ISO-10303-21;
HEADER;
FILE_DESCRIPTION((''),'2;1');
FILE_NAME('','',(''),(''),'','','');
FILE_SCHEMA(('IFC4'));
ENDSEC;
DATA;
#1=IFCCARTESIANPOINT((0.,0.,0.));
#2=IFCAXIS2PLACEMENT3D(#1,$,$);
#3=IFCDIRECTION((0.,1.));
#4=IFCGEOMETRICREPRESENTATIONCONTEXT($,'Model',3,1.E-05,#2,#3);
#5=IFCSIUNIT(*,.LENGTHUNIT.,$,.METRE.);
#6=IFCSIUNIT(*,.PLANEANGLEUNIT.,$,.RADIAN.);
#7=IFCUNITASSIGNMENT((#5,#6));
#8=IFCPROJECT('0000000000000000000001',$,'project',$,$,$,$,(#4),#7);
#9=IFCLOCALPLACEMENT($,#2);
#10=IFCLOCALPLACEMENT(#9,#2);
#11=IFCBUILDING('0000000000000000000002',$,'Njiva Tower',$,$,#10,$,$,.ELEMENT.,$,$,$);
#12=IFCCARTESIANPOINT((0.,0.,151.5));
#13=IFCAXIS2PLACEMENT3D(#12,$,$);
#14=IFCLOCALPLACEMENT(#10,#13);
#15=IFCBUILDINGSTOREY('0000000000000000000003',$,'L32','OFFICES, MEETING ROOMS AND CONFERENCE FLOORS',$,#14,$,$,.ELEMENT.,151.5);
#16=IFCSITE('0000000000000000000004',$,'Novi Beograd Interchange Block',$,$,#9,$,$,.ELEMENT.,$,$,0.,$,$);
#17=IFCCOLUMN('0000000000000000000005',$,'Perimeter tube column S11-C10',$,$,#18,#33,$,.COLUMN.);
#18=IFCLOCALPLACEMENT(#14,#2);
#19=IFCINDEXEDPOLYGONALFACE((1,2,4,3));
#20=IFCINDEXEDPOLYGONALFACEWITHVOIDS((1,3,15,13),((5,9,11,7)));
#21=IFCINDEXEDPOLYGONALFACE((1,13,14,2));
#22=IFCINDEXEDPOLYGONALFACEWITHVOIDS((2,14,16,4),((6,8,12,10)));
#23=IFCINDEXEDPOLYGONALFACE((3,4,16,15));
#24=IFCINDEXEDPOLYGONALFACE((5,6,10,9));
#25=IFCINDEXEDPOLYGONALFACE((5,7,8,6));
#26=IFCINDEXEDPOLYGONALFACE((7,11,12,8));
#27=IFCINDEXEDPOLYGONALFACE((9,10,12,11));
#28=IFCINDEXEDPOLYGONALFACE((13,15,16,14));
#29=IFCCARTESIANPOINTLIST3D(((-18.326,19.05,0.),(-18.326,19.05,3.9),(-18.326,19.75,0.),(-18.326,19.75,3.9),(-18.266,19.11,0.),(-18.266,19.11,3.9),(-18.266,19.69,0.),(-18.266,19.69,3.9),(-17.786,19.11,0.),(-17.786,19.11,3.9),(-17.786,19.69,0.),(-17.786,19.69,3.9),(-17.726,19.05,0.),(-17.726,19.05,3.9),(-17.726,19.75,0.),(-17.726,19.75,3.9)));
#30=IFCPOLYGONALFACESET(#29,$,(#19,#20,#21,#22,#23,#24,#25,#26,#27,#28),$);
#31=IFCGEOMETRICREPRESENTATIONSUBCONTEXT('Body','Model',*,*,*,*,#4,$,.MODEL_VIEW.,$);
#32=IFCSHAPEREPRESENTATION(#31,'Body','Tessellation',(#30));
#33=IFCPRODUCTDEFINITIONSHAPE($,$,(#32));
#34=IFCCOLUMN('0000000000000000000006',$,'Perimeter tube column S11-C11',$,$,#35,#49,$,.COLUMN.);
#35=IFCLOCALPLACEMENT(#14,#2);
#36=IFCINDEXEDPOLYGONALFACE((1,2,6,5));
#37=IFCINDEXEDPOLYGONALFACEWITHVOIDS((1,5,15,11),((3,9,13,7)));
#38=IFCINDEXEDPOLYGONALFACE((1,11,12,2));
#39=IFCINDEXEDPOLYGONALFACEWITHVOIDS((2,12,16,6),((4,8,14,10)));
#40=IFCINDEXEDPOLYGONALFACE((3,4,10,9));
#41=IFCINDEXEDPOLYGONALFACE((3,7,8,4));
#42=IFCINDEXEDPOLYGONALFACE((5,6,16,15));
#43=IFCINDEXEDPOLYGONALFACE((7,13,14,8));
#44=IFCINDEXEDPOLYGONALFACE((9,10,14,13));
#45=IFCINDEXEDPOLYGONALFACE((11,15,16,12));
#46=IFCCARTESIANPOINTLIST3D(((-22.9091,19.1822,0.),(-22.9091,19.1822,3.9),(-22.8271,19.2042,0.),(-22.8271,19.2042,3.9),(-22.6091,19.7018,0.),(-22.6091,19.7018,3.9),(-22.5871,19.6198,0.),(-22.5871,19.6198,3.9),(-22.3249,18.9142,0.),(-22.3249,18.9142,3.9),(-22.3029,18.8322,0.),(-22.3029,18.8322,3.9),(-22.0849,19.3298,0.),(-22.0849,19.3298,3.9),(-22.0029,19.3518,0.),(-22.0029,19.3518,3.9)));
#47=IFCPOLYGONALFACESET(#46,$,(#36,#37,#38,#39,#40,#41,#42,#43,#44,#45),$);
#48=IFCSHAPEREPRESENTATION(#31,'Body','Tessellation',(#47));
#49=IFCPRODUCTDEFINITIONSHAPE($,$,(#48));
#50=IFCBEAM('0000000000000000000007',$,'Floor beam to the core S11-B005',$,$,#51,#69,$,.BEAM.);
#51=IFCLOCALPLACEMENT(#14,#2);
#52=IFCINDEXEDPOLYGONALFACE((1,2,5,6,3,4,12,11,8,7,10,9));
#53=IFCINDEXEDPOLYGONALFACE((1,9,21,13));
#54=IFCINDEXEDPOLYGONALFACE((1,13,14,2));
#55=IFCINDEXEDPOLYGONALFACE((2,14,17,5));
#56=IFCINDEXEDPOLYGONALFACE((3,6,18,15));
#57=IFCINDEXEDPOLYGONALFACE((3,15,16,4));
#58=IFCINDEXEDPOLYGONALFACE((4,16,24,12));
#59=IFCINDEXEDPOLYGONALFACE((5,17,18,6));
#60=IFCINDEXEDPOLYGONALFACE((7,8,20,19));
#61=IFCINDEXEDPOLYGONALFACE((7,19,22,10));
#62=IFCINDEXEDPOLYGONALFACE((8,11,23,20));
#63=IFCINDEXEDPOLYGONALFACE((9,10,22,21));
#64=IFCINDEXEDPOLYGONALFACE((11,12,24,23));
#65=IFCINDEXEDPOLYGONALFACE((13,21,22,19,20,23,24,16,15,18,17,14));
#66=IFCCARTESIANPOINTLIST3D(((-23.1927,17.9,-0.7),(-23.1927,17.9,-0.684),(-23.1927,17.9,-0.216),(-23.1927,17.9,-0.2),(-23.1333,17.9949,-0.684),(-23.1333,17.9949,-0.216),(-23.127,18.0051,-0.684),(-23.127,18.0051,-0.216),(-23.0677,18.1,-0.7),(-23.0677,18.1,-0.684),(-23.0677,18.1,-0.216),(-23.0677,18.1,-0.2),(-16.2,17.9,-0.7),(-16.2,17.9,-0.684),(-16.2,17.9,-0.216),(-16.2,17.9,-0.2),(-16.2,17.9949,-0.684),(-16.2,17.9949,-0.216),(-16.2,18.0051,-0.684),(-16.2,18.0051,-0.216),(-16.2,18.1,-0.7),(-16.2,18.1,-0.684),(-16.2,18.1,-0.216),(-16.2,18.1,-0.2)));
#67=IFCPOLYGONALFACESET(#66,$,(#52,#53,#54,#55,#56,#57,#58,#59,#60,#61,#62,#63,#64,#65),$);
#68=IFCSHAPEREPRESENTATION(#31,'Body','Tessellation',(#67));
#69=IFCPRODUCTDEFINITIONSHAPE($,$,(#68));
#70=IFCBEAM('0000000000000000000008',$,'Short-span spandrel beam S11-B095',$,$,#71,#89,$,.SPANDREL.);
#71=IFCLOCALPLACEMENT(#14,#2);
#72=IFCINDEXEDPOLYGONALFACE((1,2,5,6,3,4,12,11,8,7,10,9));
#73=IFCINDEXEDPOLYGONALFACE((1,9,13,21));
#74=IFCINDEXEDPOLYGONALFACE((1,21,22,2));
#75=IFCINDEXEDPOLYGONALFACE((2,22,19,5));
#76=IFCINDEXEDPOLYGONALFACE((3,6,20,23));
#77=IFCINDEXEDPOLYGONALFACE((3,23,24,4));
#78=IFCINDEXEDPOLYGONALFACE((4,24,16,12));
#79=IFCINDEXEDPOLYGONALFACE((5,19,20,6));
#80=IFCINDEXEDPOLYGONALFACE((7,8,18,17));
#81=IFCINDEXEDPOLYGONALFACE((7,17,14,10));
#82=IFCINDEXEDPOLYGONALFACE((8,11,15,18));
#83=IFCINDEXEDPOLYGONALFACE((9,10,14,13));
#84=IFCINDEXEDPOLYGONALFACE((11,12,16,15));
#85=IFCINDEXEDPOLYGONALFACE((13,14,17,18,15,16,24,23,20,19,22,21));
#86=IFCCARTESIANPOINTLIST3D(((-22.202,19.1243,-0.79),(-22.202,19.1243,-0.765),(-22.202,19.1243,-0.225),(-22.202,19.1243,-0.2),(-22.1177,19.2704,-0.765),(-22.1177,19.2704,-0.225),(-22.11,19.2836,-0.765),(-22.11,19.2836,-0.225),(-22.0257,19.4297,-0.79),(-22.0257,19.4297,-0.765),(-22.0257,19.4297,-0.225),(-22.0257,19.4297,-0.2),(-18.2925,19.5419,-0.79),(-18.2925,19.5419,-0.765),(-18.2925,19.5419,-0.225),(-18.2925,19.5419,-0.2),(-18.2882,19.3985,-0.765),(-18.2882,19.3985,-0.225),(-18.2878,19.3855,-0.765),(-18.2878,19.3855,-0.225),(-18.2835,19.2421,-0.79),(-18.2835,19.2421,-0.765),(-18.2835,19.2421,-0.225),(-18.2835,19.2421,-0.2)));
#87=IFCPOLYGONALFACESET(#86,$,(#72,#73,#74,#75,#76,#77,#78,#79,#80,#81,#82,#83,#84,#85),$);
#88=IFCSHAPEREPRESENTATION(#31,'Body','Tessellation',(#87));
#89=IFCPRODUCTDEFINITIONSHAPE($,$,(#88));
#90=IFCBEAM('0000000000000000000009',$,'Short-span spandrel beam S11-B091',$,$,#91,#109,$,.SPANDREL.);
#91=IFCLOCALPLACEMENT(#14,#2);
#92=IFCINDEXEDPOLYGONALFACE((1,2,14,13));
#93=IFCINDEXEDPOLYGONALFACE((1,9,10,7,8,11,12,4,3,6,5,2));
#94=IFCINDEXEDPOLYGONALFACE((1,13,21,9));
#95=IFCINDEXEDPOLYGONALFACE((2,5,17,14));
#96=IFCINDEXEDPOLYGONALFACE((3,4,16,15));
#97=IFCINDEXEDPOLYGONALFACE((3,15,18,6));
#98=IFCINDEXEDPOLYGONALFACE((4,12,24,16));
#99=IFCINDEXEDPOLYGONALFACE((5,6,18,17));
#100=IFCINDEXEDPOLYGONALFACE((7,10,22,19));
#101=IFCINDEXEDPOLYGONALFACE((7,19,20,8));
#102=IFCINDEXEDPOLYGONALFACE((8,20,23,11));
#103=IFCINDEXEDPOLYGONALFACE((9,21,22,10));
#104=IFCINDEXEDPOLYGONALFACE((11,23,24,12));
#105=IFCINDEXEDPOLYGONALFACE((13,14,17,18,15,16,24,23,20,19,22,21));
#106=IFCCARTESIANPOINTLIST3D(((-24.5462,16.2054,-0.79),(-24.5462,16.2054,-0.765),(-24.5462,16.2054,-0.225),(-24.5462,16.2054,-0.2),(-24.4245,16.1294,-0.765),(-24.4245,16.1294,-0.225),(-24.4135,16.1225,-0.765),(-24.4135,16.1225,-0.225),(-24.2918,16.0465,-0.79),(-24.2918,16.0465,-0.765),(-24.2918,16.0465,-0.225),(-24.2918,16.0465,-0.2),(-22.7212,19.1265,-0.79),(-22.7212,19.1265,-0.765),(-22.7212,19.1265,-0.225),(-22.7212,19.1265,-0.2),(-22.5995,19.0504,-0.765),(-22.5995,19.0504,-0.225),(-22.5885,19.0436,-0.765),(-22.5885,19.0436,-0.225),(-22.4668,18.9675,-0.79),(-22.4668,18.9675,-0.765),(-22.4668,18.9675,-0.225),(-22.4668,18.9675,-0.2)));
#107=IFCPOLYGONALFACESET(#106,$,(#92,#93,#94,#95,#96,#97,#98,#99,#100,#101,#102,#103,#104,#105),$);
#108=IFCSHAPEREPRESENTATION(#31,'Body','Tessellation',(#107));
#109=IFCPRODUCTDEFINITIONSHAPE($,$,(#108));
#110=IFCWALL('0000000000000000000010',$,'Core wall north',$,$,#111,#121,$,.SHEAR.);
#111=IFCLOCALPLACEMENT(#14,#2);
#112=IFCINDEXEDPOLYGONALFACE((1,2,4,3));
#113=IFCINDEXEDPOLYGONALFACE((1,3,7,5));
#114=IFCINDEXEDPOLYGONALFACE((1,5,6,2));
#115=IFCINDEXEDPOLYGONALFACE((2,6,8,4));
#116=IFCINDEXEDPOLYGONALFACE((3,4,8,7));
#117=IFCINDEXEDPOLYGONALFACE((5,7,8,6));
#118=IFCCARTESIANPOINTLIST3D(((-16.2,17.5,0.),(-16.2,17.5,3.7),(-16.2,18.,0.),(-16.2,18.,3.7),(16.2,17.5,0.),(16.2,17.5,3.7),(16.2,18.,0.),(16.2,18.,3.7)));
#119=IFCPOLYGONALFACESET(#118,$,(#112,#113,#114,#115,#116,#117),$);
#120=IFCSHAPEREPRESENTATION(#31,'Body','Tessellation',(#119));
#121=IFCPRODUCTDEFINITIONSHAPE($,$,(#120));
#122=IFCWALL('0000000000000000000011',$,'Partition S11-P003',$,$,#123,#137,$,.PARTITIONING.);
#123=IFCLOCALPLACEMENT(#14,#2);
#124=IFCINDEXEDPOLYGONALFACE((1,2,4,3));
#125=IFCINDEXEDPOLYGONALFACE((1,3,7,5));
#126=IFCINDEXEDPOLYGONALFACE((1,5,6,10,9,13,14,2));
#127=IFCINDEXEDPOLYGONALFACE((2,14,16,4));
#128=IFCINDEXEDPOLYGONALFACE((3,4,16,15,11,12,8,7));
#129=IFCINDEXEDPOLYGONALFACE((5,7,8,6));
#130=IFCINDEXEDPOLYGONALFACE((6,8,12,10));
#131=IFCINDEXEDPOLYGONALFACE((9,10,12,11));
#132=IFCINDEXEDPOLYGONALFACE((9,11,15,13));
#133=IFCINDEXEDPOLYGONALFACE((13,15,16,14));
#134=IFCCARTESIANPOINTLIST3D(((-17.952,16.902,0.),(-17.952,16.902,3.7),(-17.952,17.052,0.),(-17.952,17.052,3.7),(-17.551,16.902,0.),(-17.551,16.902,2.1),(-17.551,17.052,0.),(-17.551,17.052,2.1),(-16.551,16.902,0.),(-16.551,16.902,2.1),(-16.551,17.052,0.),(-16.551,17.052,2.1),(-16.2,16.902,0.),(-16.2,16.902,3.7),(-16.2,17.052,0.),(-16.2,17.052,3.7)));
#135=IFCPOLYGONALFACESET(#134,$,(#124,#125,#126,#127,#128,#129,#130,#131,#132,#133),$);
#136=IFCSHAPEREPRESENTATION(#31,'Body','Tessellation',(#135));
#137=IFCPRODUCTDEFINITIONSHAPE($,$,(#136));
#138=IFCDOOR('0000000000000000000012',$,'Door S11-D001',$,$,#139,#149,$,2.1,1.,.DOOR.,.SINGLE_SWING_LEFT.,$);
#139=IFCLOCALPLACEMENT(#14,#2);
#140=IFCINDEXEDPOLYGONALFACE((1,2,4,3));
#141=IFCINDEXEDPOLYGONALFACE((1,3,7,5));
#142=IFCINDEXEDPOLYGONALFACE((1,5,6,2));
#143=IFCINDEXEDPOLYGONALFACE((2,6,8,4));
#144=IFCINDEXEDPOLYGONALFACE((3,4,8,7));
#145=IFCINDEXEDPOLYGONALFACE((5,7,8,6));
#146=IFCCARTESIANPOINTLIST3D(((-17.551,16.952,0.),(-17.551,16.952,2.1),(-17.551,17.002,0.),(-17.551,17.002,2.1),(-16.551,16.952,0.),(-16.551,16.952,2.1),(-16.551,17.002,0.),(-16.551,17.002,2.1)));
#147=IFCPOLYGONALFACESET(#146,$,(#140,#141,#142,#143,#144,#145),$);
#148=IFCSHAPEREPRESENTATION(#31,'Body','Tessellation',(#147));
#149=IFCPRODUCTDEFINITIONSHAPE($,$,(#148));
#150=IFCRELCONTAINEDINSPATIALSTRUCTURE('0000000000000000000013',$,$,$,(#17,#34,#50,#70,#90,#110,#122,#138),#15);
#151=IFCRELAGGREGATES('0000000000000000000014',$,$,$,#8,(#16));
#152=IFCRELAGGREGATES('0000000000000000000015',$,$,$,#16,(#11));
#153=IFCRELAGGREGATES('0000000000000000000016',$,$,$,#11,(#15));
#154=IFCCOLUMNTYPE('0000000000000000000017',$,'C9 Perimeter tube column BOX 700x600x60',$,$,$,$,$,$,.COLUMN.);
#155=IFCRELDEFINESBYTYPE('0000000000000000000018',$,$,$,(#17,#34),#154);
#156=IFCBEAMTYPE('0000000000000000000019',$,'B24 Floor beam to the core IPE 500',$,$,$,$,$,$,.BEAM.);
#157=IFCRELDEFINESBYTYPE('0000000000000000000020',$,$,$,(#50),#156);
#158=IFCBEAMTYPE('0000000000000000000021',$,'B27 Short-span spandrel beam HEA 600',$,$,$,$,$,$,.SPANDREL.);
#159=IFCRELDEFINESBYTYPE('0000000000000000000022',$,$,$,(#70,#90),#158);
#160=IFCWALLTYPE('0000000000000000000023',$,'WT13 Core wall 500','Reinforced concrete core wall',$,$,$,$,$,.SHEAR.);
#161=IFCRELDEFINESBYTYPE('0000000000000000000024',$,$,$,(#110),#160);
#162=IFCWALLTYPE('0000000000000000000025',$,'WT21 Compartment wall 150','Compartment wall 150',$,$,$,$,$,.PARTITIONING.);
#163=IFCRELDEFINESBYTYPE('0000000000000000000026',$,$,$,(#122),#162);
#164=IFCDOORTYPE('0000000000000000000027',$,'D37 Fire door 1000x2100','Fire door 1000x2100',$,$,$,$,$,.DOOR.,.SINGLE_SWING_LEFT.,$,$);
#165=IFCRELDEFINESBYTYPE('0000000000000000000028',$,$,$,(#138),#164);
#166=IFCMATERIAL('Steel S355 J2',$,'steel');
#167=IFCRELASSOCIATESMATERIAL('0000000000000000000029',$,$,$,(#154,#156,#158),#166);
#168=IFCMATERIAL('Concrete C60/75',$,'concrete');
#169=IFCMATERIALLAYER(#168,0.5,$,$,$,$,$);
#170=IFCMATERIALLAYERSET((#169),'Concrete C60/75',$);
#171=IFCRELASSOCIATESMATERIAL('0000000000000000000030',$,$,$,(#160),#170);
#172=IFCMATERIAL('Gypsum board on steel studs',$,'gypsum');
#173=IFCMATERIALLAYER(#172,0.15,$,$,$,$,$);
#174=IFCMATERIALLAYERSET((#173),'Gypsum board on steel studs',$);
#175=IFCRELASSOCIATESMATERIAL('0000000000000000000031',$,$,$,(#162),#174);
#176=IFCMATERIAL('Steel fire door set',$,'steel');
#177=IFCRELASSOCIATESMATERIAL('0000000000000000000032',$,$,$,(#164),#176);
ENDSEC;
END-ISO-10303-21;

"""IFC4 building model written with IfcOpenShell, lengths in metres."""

from ifc_helpers import new_model, si_unit, direction, frame, frame_2d, origin, origin_2d, place, context, subcontext, project, spatial, rectangle, hollow_rectangle, i_section, extrude, clip, halfspace, material, layer, layer_set, material_profile, profile_set, type_object, element, fill, save


model = new_model("IFC4")

# Units and contexts
model_context = context("Model", 3, precision=1e-05, world=origin(), true_north=direction((0.0, 1.0)))
body_context = subcontext(model_context, "Body", "Model", "MODEL_VIEW")
ifc_project = project(units=[si_unit("LENGTHUNIT", "METRE"), si_unit("PLANEANGLEUNIT", "RADIAN")], contexts=[model_context])

# Site, building, storey
site_placement = place(None, origin())
site = spatial("IfcSite", under=ifc_project, at=site_placement, Name="Novi Beograd Interchange Block", CompositionType="ELEMENT", RefElevation=0.0)
building_placement = place(site_placement, origin())
building = spatial("IfcBuilding", under=site, at=building_placement, Name="Njiva Tower", CompositionType="ELEMENT")
storey_placement = place(building_placement, frame((0.0, 0.0, 151.5)))
storey = spatial("IfcBuildingStorey", under=building, at=storey_placement, Name="L32", Description="OFFICES, MEETING ROOMS AND CONFERENCE FLOORS", CompositionType="ELEMENT", Elevation=151.5)

# Columns
ifc_material_1 = material(Name="Steel S355 J2", Category="steel")
ifc_material_profile_1 = material_profile(ifc_material_1, hollow_rectangle(XDim=0.6, YDim=0.7, WallThickness=0.06, at=origin_2d()), Name="BOX 700x600x60")
ifc_profile_set_1 = profile_set([ifc_material_profile_1], Name="Steel S355 J2")
column_type = type_object("IfcColumnType", Name="C9 Perimeter tube column BOX 700x600x60", PredefinedType="COLUMN", material=ifc_profile_set_1)
for number, where, z_axis, x_axis, name in (
    (1, (-18.026, 19.4, 0.0), (0.0, 0.0, 1.0), (-1.0, 0.0, 0.0), "Perimeter tube column S11-C10"),
    (2, (-22.456, 19.267, 0.0), (0.0, 0.0, 1.0), (-0.5, -0.866025, 0.0), "Perimeter tube column S11-C11"),
):
    element("IfcColumn", number, at=place(storey_placement, frame(where, z_axis=z_axis, x_axis=x_axis)), inside=storey, type_object=column_type, Name=name, PredefinedType="COLUMN", context=body_context, shape_type="SweptSolid", body=[
        extrude(hollow_rectangle(XDim=0.6, YDim=0.7, WallThickness=0.06, at=origin_2d()), origin(), (0.0, 0.0, 1.0), 3.9),
    ])

# Beams
ifc_material_profile_2 = material_profile(ifc_material_1, i_section(OverallWidth=0.2, OverallDepth=0.5, WebThickness=0.0102, FlangeThickness=0.016, at=origin_2d()), Name="IPE 500")
ifc_profile_set_2 = profile_set([ifc_material_profile_2], Name="Steel S355 J2")
beam_type_1 = type_object("IfcBeamType", Name="B24 Floor beam to the core IPE 500", PredefinedType="BEAM", material=ifc_profile_set_2)
beam_1_placement = place(storey_placement, frame((-23.213, 18.0, -0.45), z_axis=(1.0, 0.0, 0.0), x_axis=(0.0, 1.0, 0.0)))
element("IfcBeam", 3, at=beam_1_placement, inside=storey, type_object=beam_type_1, Name="Floor beam to the core S11-B005", PredefinedType="BEAM", context=body_context, shape_type="Clipping", body=[
    clip(extrude(i_section(OverallWidth=0.2, OverallDepth=0.5, WebThickness=0.0102, FlangeThickness=0.016, at=origin_2d()), origin(), (0.0, 0.0, 1.0), 7.013), halfspace(frame((0.0265, 0.0, 0.0994), z_axis=(0.529999, 0.0, -0.847998), x_axis=(0.0, -1.0, 0.0)), False)),
])
ifc_material_profile_3 = material_profile(ifc_material_1, i_section(OverallWidth=0.3, OverallDepth=0.59, WebThickness=0.013, FlangeThickness=0.025, at=origin_2d()), Name="HEA 600")
ifc_profile_set_3 = profile_set([ifc_material_profile_3], Name="Steel S355 J2")
beam_type_2 = type_object("IfcBeamType", Name="B27 Short-span spandrel beam HEA 600", PredefinedType="SPANDREL", material=ifc_profile_set_3)
beam_2_placement = place(storey_placement, frame((-18.288, 19.392, -0.495), z_axis=(-0.999549, -0.030044, 0.0), x_axis=(0.030044, -0.999549, 0.0)))
element("IfcBeam", 4, at=beam_2_placement, inside=storey, type_object=beam_type_2, Name="Short-span spandrel beam S11-B095", PredefinedType="SPANDREL", context=body_context, shape_type="Clipping", body=[
    clip(extrude(i_section(OverallWidth=0.3, OverallDepth=0.59, WebThickness=0.013, FlangeThickness=0.025, at=origin_2d()), origin(), (0.0, 0.0, 1.0), 3.9407), halfspace(frame((-0.0265, 0.0, 3.8112), z_axis=(-0.525791, 0.0, 0.850614), x_axis=(0.0, 1.0, 0.0)), False)),
])
beam_3_placement = place(storey_placement, frame((-22.594, 19.047, -0.495), z_axis=(-0.529868, -0.84808, 0.0), x_axis=(0.84808, -0.529868, 0.0)))
element("IfcBeam", 5, at=beam_3_placement, inside=storey, type_object=beam_type_2, Name="Short-span spandrel beam S11-B091", PredefinedType="SPANDREL", context=body_context, shape_type="SweptSolid", body=[
    extrude(i_section(OverallWidth=0.3, OverallDepth=0.59, WebThickness=0.013, FlangeThickness=0.025, at=origin_2d()), origin(), (0.0, 0.0, 1.0), 3.4443),
])

# Wall
ifc_material_2 = material(Name="Concrete C60/75", Category="concrete")
ifc_layer_1 = layer(ifc_material_2, 0.5)
ifc_layer_set_1 = layer_set([ifc_layer_1], Name="Concrete C60/75")
wall_type_1 = type_object("IfcWallType", Name="WT13 Core wall 500", Description="Reinforced concrete core wall", PredefinedType="SHEAR", material=ifc_layer_set_1)
wall_1_placement = place(storey_placement, frame((-16.2, 17.75, 0.0), z_axis=(0.0, 0.0, 1.0), x_axis=(1.0, 0.0, 0.0)))
element("IfcWall", 6, at=wall_1_placement, inside=storey, type_object=wall_type_1, Name="Core wall north", PredefinedType="SHEAR", context=body_context, shape_type="SweptSolid", body=[
    extrude(rectangle(XDim=32.4, YDim=0.5, at=frame_2d((16.2, 0.0))), origin(), (0.0, 0.0, 1.0), 3.7),
])

# Wall, opening, door
ifc_material_3 = material(Name="Gypsum board on steel studs", Category="gypsum")
ifc_layer_2 = layer(ifc_material_3, 0.15)
ifc_layer_set_2 = layer_set([ifc_layer_2], Name="Gypsum board on steel studs")
wall_type_2 = type_object("IfcWallType", Name="WT21 Compartment wall 150", Description="Compartment wall 150", PredefinedType="PARTITIONING", material=ifc_layer_set_2)
wall_2_placement = place(storey_placement, frame((-17.952, 16.977, 0.0), z_axis=(0.0, 0.0, 1.0), x_axis=(1.0, 0.0, 0.0)))
wall_2 = element("IfcWall", 7, at=wall_2_placement, inside=storey, type_object=wall_type_2, Name="Partition S11-P003", PredefinedType="PARTITIONING", context=body_context, shape_type="SweptSolid", body=[
    extrude(rectangle(XDim=1.752, YDim=0.15, at=frame_2d((0.876, 0.0))), origin(), (0.0, 0.0, 1.0), 3.7),
])
opening_1_placement = place(wall_2_placement, frame((0.401, 0.0, 0.0)))
opening_1 = element("IfcOpeningElement", 8, at=opening_1_placement, cuts=wall_2, PredefinedType="OPENING", context=body_context, shape_type="SweptSolid", body=[
    extrude(rectangle(XDim=1.0, YDim=2.1, at=frame_2d((0.5, 1.05))), frame((0.0, 0.085, 0.0), z_axis=(0.0, -1.0, 0.0), x_axis=(1.0, 0.0, 0.0)), (0.0, 0.0, 1.0), 0.17),
])
ifc_material_4 = material(Name="Steel fire door set", Category="steel")
door_type = type_object("IfcDoorType", Name="D37 Fire door 1000x2100", Description="Fire door 1000x2100", OperationType="SINGLE_SWING_LEFT", PredefinedType="DOOR", material=ifc_material_4)
door_placement = place(opening_1_placement, origin())
door = element("IfcDoor", 9, at=door_placement, inside=storey, type_object=door_type, Name="Door S11-D001", OperationType="SINGLE_SWING_LEFT", OverallHeight=2.1, OverallWidth=1.0, PredefinedType="DOOR", context=body_context, shape_type="SweptSolid", body=[
    extrude(rectangle(XDim=1.0, YDim=2.1, at=frame_2d((0.5, 1.05))), frame((0.0, 0.025, 0.0), z_axis=(0.0, -1.0, 0.0), x_axis=(1.0, 0.0, 0.0)), (0.0, 0.0, 1.0), 0.05),
])
fill(opening_1, door)

save(model, "model.ifc")
